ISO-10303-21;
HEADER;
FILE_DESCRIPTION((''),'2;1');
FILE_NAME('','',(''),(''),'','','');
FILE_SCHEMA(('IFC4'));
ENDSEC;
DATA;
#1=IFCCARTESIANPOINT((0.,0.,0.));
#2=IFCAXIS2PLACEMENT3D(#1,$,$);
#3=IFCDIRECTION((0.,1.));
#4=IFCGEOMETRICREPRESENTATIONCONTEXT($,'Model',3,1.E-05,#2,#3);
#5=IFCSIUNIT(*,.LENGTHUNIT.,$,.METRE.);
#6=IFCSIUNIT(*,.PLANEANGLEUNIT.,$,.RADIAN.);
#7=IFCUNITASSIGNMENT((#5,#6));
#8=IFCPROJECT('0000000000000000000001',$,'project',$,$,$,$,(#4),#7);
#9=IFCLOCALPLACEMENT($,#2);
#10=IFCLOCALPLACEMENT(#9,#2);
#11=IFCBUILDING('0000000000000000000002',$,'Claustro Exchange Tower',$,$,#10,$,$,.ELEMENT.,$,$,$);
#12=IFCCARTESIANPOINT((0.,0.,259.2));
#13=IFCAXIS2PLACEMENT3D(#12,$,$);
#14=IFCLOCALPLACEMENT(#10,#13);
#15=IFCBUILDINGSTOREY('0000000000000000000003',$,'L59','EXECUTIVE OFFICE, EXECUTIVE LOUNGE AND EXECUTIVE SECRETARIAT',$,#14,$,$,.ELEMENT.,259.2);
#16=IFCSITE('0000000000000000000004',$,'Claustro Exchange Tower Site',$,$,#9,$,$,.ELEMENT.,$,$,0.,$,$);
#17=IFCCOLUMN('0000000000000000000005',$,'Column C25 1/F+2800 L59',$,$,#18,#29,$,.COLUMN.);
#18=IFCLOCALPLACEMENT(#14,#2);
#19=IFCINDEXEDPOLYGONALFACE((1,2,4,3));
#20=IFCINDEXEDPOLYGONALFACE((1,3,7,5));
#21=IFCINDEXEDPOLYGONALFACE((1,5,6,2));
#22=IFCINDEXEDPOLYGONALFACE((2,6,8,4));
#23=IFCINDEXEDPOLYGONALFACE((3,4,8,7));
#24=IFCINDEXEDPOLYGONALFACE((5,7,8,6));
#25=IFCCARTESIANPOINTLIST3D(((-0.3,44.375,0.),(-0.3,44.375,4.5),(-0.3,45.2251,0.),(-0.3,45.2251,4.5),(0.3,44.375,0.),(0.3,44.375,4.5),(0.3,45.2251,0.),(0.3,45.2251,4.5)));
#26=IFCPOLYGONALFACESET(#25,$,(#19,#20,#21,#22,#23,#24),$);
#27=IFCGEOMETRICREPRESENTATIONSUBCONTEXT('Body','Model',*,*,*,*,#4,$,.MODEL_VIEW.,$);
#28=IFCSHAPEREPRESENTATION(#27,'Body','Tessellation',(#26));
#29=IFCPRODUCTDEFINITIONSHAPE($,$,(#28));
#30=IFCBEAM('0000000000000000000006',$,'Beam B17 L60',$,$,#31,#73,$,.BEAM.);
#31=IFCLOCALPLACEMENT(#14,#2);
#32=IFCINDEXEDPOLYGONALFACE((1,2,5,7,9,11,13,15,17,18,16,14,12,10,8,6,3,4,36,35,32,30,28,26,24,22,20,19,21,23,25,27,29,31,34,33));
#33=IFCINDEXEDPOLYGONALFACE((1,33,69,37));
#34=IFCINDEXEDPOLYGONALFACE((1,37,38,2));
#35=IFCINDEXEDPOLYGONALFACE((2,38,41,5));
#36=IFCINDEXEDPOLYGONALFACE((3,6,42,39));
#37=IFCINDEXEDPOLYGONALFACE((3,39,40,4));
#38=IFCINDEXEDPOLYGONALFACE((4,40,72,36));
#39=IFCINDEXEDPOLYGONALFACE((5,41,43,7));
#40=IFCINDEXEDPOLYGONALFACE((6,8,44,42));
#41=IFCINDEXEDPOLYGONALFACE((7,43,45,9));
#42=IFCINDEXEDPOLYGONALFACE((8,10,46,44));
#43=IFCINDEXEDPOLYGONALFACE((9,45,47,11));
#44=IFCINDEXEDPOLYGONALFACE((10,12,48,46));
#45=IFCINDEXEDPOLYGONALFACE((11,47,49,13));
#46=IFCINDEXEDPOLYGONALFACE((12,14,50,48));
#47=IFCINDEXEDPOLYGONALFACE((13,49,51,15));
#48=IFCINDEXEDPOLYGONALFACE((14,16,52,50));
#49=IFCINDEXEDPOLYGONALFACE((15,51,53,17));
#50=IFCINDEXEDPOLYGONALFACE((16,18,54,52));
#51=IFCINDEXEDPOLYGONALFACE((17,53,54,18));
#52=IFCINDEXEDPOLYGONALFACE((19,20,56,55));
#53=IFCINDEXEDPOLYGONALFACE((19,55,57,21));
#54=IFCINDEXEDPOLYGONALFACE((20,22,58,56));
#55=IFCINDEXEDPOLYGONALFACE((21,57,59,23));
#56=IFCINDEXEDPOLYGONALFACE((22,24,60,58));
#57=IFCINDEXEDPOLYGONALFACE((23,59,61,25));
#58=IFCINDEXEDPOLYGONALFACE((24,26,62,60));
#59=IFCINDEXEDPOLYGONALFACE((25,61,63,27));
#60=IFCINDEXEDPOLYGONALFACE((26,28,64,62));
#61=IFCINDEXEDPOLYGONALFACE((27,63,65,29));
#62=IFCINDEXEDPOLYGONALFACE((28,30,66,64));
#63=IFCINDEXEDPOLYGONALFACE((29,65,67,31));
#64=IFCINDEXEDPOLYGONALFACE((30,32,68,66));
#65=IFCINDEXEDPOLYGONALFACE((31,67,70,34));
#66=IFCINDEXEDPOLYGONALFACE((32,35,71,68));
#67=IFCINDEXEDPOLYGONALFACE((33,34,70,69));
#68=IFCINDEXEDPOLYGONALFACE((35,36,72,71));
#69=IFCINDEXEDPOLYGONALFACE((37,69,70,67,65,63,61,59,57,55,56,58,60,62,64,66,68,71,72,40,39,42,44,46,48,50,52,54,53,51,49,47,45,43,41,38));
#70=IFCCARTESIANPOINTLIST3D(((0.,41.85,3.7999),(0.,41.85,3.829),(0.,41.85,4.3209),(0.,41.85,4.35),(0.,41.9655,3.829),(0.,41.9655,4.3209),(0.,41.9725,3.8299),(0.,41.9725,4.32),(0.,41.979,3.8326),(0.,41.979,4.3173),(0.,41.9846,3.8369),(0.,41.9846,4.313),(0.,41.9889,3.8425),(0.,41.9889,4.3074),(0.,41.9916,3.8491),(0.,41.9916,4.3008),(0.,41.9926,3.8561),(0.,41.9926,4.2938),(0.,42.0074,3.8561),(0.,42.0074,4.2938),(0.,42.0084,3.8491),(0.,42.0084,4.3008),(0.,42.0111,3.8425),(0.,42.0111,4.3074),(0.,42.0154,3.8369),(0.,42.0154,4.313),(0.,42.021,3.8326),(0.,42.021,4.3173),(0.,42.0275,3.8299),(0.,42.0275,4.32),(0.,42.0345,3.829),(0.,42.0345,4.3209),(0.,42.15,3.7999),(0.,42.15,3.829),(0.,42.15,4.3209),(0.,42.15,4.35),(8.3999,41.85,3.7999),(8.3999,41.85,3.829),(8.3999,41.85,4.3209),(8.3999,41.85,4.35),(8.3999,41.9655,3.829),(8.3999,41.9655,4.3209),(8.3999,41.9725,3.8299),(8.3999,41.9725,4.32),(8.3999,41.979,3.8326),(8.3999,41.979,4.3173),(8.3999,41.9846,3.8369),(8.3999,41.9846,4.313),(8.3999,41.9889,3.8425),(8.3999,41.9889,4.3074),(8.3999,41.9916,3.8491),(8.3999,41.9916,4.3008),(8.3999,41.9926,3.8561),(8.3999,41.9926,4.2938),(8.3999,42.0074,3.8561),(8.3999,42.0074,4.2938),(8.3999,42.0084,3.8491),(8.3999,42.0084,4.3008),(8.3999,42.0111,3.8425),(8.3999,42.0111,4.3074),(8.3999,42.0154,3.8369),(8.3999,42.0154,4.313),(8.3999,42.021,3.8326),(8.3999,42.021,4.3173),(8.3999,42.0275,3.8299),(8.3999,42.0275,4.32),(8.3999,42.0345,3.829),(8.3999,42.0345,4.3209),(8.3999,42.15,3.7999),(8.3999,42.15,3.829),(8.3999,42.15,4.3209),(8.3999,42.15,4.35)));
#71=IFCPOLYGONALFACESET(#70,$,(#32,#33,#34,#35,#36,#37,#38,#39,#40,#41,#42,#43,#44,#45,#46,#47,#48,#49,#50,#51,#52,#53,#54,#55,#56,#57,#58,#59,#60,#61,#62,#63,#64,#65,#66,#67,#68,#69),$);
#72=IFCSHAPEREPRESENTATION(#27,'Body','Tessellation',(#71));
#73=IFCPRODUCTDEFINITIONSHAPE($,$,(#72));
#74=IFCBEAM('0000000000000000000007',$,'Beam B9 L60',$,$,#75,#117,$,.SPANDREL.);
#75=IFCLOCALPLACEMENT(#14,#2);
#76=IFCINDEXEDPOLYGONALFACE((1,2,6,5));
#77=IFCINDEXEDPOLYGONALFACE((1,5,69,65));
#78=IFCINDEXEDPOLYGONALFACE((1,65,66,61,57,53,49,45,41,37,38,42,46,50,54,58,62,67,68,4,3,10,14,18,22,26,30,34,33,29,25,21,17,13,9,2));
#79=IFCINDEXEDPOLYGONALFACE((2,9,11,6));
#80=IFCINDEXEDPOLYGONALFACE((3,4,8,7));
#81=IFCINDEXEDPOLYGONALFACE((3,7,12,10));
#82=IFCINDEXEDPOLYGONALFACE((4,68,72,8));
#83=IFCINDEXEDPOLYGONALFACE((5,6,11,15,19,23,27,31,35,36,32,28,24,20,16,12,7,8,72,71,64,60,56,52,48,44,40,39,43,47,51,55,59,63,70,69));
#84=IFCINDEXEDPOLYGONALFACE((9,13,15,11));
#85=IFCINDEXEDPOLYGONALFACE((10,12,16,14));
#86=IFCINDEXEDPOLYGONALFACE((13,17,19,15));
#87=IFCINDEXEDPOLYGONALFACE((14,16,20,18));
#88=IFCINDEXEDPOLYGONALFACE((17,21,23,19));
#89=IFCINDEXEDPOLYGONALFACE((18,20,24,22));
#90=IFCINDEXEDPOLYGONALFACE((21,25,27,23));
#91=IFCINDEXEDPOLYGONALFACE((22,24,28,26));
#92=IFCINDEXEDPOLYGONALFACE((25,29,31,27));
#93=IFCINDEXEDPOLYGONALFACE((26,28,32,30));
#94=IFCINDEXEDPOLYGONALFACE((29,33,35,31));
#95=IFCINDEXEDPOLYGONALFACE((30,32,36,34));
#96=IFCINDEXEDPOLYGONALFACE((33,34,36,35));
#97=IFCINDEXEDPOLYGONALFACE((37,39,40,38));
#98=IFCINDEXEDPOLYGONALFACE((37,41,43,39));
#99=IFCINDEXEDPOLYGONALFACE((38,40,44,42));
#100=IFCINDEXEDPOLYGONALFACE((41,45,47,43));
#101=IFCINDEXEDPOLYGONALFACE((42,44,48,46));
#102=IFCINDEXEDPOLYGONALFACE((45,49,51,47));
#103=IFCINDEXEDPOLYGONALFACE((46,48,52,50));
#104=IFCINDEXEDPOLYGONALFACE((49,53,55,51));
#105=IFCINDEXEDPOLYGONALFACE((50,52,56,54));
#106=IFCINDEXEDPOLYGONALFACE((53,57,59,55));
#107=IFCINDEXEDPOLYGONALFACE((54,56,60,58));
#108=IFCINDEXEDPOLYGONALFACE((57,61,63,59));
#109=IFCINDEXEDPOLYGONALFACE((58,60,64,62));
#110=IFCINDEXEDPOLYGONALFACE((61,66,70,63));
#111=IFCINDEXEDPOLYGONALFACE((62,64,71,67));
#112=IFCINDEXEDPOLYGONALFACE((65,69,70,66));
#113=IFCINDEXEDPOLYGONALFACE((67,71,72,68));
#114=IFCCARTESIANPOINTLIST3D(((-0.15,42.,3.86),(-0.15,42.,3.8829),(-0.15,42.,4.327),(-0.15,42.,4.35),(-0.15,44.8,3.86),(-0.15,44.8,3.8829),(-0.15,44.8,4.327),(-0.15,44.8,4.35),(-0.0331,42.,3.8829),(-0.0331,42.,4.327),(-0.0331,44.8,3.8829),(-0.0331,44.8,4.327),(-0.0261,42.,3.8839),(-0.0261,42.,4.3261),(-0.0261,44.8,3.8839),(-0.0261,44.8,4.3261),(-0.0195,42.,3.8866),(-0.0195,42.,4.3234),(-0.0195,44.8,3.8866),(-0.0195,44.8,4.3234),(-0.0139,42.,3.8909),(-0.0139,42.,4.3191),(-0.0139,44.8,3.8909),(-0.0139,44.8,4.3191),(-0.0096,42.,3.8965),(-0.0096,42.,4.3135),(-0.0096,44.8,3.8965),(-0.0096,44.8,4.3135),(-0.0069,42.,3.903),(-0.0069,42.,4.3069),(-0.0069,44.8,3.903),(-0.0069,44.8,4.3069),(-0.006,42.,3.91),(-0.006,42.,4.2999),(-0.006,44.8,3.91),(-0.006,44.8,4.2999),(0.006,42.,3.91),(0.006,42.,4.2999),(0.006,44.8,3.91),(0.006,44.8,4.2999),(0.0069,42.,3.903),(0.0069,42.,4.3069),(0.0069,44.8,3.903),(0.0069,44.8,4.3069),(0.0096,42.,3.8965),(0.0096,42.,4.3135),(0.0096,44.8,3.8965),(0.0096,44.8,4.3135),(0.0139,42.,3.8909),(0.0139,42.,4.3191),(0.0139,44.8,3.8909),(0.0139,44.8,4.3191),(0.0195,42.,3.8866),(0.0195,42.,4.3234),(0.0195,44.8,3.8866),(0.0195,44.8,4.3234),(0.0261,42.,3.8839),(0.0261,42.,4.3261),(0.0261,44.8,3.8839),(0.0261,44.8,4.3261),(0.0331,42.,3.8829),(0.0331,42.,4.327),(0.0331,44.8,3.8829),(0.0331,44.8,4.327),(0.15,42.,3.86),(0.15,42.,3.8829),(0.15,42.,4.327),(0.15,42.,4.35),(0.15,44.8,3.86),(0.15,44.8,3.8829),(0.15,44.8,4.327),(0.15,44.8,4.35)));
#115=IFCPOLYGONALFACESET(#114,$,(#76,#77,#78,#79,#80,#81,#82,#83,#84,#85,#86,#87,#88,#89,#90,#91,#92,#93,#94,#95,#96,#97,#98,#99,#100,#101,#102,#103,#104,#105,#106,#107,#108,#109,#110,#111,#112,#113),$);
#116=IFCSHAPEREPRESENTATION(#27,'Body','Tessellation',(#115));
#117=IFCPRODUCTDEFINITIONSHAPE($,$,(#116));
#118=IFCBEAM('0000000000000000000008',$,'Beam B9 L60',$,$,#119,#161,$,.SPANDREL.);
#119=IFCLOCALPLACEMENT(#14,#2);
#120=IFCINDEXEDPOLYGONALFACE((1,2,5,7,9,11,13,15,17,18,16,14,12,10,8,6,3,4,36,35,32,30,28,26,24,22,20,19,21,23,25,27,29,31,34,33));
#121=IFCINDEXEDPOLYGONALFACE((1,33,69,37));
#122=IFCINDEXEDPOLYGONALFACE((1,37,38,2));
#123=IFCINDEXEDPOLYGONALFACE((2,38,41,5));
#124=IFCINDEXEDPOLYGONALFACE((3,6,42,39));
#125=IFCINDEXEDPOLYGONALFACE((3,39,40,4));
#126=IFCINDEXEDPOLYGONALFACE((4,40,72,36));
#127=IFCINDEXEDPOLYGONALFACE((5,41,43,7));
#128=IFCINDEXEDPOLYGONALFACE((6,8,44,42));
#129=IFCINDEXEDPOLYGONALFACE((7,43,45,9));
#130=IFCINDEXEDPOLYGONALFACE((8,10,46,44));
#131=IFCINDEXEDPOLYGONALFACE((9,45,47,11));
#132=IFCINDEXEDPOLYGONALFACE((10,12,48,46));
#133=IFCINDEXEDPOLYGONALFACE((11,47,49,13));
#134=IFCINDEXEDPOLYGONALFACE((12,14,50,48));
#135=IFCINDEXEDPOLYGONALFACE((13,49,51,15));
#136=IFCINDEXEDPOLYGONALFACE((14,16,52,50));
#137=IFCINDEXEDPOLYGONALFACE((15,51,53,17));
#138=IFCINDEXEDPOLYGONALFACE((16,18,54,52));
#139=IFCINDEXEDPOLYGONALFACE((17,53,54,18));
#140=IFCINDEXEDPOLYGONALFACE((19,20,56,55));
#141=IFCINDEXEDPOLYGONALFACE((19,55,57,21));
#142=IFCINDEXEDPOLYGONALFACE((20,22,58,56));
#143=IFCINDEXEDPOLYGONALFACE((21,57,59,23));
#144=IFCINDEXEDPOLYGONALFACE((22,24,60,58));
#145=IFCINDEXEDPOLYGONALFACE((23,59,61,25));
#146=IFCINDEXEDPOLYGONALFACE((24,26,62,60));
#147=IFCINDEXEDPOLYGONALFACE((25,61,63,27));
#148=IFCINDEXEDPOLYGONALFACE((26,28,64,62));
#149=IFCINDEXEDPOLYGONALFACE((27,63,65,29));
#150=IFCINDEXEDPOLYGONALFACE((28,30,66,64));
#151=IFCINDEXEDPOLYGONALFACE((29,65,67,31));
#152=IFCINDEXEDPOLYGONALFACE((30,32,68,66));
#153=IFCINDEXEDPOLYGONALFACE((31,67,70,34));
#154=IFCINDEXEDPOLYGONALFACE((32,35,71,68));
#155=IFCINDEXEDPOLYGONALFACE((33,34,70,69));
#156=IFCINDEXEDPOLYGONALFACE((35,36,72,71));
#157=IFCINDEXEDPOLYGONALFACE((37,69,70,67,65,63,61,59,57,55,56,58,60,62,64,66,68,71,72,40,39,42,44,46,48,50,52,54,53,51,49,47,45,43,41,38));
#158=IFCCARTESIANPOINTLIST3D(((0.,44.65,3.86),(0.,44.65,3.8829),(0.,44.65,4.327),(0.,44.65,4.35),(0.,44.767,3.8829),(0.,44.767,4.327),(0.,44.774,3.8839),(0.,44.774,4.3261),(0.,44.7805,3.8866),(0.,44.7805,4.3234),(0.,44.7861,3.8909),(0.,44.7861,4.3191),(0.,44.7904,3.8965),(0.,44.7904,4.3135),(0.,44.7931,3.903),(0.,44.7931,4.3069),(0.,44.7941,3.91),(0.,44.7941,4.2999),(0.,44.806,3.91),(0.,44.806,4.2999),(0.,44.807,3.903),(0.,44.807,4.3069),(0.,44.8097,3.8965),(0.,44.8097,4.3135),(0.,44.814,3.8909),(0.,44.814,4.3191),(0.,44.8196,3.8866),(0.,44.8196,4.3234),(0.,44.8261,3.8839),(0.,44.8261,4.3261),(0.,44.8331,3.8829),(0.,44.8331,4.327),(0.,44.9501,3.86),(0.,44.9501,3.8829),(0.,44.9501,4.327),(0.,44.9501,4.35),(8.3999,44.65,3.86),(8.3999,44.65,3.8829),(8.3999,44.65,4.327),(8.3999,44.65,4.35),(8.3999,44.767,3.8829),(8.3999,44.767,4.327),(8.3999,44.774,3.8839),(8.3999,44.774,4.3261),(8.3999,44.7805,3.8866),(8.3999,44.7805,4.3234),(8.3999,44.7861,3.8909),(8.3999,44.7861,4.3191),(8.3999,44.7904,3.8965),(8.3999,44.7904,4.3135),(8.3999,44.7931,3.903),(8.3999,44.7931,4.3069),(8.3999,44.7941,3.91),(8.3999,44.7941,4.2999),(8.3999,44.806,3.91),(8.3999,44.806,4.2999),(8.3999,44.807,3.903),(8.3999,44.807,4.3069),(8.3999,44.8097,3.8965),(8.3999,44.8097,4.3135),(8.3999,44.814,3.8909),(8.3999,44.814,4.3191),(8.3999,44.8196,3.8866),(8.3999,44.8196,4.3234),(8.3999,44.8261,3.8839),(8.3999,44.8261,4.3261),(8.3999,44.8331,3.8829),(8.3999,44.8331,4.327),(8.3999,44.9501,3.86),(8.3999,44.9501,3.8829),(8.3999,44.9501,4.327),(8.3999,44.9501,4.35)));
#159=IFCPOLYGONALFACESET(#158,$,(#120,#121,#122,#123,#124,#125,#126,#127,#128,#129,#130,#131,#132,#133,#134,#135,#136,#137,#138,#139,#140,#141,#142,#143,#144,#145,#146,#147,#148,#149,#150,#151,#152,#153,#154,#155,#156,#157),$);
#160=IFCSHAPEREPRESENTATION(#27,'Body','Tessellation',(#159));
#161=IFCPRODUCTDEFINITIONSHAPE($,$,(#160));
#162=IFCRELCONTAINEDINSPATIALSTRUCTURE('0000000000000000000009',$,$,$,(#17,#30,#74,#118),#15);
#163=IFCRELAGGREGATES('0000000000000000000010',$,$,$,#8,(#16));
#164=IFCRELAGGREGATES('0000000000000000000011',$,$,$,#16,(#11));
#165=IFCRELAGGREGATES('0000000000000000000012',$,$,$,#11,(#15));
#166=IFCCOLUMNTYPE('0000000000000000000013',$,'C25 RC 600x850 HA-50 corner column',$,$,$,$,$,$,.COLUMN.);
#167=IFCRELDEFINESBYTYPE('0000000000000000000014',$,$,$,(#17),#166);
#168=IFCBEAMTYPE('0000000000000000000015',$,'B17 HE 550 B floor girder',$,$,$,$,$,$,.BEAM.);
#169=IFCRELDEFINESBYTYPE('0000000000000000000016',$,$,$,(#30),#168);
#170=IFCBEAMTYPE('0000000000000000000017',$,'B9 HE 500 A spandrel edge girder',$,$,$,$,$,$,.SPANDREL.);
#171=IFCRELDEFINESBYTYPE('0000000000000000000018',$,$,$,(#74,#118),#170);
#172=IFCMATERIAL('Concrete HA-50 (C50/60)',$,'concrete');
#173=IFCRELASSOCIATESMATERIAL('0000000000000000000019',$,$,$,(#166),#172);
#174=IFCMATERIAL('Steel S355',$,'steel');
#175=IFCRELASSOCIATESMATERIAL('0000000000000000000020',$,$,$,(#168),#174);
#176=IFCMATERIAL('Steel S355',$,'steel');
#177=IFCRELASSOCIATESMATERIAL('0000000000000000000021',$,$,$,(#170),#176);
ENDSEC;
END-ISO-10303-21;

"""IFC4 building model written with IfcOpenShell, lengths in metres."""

from ifc_helpers import new_model, si_unit, direction, frame, origin, origin_2d, place, context, subcontext, project, spatial, rectangle, i_section, extrude, material, material_profile, profile_set, type_object, element, save


model = new_model("IFC4")

# Units and contexts
model_context = context("Model", 3, precision=1e-05, world=origin(), true_north=direction((0.0, 1.0)))
body_context = subcontext(model_context, "Body", "Model", "MODEL_VIEW")
ifc_project = project(units=[si_unit("LENGTHUNIT", "METRE"), si_unit("PLANEANGLEUNIT", "RADIAN")], contexts=[model_context])

# Site, building, storey
site_placement = place(None, origin())
site = spatial("IfcSite", under=ifc_project, at=site_placement, Name="Claustro Exchange Tower Site", CompositionType="ELEMENT", RefElevation=0.0)
building_placement = place(site_placement, origin())
building = spatial("IfcBuilding", under=site, at=building_placement, Name="Claustro Exchange Tower", CompositionType="ELEMENT")
storey_placement = place(building_placement, frame((0.0, 0.0, 259.2)))
storey = spatial("IfcBuildingStorey", under=building, at=storey_placement, Name="L59", Description="EXECUTIVE OFFICE, EXECUTIVE LOUNGE AND EXECUTIVE SECRETARIAT", CompositionType="ELEMENT", Elevation=259.2)

# Column
ifc_material_1 = material(Name="Concrete HA-50 (C50/60)", Category="concrete")
ifc_material_profile_1 = material_profile(ifc_material_1, rectangle(XDim=0.6001, YDim=0.8501, at=origin_2d()), Name="RC 600x850")
ifc_profile_set_1 = profile_set([ifc_material_profile_1], Name="Concrete HA-50 (C50/60)")
column_type = type_object("IfcColumnType", Name="C25 RC 600x850 HA-50 corner column", PredefinedType="COLUMN", material=ifc_profile_set_1)
column_placement = place(storey_placement, frame((0.0, 44.8, 0.0), z_axis=(0.0, 0.0, 1.0), x_axis=(1.0, 0.0, 0.0)))
element("IfcColumn", 1, at=column_placement, inside=storey, type_object=column_type, Name="Column C25 1/F+2800 L59", PredefinedType="COLUMN", context=body_context, shape_type="SweptSolid", body=[
    extrude(rectangle(XDim=0.6001, YDim=0.8501, at=origin_2d()), origin(), (0.0, 0.0, 1.0), 4.5),
])

# Beams
ifc_material_2 = material(Name="Steel S355", Category="steel")
ifc_material_profile_2 = material_profile(ifc_material_2, i_section(OverallWidth=0.3, OverallDepth=0.55, WebThickness=0.0149, FlangeThickness=0.0291, FilletRadius=0.0271, at=origin_2d()), Name="HE 550 B")
ifc_profile_set_2 = profile_set([ifc_material_profile_2], Name="Steel S355")
beam_type_1 = type_object("IfcBeamType", Name="B17 HE 550 B floor girder", PredefinedType="BEAM", material=ifc_profile_set_2)
beam_1_placement = place(storey_placement, frame((0.0, 42.0, 4.075), z_axis=(1.0, 0.0, 0.0), x_axis=(0.0, 1.0, 0.0)))
element("IfcBeam", 2, at=beam_1_placement, inside=storey, type_object=beam_type_1, Name="Beam B17 L60", PredefinedType="BEAM", context=body_context, shape_type="SweptSolid", body=[
    extrude(i_section(OverallWidth=0.3, OverallDepth=0.55, WebThickness=0.0149, FlangeThickness=0.0291, FilletRadius=0.0271, at=origin_2d()), origin(), (0.0, 0.0, 1.0), 8.3999),
])
ifc_material_3 = material(Name="Steel S355", Category="steel")
ifc_material_profile_3 = material_profile(ifc_material_3, i_section(OverallWidth=0.3, OverallDepth=0.49, WebThickness=0.012, FlangeThickness=0.0229, FilletRadius=0.0271, at=origin_2d()), Name="HE 500 A")
ifc_profile_set_3 = profile_set([ifc_material_profile_3], Name="Steel S355")
beam_type_2 = type_object("IfcBeamType", Name="B9 HE 500 A spandrel edge girder", PredefinedType="SPANDREL", material=ifc_profile_set_3)
beam_2_placement = place(storey_placement, frame((0.0, 42.0, 4.105), z_axis=(0.0, 1.0, 0.0), x_axis=(-1.0, 0.0, 0.0)))
element("IfcBeam", 3, at=beam_2_placement, inside=storey, type_object=beam_type_2, Name="Beam B9 L60", PredefinedType="SPANDREL", context=body_context, shape_type="SweptSolid", body=[
    extrude(i_section(OverallWidth=0.3, OverallDepth=0.49, WebThickness=0.012, FlangeThickness=0.0229, FilletRadius=0.0271, at=origin_2d()), origin(), (0.0, 0.0, 1.0), 2.8),
])
beam_3_placement = place(storey_placement, frame((0.0, 44.8, 4.105), z_axis=(1.0, 0.0, 0.0), x_axis=(0.0, 1.0, 0.0)))
element("IfcBeam", 4, at=beam_3_placement, inside=storey, type_object=beam_type_2, Name="Beam B9 L60", PredefinedType="SPANDREL", context=body_context, shape_type="SweptSolid", body=[
    extrude(i_section(OverallWidth=0.3, OverallDepth=0.49, WebThickness=0.012, FlangeThickness=0.0229, FilletRadius=0.0271, at=origin_2d()), origin(), (0.0, 0.0, 1.0), 8.3999),
])

save(model, "model.ifc")
